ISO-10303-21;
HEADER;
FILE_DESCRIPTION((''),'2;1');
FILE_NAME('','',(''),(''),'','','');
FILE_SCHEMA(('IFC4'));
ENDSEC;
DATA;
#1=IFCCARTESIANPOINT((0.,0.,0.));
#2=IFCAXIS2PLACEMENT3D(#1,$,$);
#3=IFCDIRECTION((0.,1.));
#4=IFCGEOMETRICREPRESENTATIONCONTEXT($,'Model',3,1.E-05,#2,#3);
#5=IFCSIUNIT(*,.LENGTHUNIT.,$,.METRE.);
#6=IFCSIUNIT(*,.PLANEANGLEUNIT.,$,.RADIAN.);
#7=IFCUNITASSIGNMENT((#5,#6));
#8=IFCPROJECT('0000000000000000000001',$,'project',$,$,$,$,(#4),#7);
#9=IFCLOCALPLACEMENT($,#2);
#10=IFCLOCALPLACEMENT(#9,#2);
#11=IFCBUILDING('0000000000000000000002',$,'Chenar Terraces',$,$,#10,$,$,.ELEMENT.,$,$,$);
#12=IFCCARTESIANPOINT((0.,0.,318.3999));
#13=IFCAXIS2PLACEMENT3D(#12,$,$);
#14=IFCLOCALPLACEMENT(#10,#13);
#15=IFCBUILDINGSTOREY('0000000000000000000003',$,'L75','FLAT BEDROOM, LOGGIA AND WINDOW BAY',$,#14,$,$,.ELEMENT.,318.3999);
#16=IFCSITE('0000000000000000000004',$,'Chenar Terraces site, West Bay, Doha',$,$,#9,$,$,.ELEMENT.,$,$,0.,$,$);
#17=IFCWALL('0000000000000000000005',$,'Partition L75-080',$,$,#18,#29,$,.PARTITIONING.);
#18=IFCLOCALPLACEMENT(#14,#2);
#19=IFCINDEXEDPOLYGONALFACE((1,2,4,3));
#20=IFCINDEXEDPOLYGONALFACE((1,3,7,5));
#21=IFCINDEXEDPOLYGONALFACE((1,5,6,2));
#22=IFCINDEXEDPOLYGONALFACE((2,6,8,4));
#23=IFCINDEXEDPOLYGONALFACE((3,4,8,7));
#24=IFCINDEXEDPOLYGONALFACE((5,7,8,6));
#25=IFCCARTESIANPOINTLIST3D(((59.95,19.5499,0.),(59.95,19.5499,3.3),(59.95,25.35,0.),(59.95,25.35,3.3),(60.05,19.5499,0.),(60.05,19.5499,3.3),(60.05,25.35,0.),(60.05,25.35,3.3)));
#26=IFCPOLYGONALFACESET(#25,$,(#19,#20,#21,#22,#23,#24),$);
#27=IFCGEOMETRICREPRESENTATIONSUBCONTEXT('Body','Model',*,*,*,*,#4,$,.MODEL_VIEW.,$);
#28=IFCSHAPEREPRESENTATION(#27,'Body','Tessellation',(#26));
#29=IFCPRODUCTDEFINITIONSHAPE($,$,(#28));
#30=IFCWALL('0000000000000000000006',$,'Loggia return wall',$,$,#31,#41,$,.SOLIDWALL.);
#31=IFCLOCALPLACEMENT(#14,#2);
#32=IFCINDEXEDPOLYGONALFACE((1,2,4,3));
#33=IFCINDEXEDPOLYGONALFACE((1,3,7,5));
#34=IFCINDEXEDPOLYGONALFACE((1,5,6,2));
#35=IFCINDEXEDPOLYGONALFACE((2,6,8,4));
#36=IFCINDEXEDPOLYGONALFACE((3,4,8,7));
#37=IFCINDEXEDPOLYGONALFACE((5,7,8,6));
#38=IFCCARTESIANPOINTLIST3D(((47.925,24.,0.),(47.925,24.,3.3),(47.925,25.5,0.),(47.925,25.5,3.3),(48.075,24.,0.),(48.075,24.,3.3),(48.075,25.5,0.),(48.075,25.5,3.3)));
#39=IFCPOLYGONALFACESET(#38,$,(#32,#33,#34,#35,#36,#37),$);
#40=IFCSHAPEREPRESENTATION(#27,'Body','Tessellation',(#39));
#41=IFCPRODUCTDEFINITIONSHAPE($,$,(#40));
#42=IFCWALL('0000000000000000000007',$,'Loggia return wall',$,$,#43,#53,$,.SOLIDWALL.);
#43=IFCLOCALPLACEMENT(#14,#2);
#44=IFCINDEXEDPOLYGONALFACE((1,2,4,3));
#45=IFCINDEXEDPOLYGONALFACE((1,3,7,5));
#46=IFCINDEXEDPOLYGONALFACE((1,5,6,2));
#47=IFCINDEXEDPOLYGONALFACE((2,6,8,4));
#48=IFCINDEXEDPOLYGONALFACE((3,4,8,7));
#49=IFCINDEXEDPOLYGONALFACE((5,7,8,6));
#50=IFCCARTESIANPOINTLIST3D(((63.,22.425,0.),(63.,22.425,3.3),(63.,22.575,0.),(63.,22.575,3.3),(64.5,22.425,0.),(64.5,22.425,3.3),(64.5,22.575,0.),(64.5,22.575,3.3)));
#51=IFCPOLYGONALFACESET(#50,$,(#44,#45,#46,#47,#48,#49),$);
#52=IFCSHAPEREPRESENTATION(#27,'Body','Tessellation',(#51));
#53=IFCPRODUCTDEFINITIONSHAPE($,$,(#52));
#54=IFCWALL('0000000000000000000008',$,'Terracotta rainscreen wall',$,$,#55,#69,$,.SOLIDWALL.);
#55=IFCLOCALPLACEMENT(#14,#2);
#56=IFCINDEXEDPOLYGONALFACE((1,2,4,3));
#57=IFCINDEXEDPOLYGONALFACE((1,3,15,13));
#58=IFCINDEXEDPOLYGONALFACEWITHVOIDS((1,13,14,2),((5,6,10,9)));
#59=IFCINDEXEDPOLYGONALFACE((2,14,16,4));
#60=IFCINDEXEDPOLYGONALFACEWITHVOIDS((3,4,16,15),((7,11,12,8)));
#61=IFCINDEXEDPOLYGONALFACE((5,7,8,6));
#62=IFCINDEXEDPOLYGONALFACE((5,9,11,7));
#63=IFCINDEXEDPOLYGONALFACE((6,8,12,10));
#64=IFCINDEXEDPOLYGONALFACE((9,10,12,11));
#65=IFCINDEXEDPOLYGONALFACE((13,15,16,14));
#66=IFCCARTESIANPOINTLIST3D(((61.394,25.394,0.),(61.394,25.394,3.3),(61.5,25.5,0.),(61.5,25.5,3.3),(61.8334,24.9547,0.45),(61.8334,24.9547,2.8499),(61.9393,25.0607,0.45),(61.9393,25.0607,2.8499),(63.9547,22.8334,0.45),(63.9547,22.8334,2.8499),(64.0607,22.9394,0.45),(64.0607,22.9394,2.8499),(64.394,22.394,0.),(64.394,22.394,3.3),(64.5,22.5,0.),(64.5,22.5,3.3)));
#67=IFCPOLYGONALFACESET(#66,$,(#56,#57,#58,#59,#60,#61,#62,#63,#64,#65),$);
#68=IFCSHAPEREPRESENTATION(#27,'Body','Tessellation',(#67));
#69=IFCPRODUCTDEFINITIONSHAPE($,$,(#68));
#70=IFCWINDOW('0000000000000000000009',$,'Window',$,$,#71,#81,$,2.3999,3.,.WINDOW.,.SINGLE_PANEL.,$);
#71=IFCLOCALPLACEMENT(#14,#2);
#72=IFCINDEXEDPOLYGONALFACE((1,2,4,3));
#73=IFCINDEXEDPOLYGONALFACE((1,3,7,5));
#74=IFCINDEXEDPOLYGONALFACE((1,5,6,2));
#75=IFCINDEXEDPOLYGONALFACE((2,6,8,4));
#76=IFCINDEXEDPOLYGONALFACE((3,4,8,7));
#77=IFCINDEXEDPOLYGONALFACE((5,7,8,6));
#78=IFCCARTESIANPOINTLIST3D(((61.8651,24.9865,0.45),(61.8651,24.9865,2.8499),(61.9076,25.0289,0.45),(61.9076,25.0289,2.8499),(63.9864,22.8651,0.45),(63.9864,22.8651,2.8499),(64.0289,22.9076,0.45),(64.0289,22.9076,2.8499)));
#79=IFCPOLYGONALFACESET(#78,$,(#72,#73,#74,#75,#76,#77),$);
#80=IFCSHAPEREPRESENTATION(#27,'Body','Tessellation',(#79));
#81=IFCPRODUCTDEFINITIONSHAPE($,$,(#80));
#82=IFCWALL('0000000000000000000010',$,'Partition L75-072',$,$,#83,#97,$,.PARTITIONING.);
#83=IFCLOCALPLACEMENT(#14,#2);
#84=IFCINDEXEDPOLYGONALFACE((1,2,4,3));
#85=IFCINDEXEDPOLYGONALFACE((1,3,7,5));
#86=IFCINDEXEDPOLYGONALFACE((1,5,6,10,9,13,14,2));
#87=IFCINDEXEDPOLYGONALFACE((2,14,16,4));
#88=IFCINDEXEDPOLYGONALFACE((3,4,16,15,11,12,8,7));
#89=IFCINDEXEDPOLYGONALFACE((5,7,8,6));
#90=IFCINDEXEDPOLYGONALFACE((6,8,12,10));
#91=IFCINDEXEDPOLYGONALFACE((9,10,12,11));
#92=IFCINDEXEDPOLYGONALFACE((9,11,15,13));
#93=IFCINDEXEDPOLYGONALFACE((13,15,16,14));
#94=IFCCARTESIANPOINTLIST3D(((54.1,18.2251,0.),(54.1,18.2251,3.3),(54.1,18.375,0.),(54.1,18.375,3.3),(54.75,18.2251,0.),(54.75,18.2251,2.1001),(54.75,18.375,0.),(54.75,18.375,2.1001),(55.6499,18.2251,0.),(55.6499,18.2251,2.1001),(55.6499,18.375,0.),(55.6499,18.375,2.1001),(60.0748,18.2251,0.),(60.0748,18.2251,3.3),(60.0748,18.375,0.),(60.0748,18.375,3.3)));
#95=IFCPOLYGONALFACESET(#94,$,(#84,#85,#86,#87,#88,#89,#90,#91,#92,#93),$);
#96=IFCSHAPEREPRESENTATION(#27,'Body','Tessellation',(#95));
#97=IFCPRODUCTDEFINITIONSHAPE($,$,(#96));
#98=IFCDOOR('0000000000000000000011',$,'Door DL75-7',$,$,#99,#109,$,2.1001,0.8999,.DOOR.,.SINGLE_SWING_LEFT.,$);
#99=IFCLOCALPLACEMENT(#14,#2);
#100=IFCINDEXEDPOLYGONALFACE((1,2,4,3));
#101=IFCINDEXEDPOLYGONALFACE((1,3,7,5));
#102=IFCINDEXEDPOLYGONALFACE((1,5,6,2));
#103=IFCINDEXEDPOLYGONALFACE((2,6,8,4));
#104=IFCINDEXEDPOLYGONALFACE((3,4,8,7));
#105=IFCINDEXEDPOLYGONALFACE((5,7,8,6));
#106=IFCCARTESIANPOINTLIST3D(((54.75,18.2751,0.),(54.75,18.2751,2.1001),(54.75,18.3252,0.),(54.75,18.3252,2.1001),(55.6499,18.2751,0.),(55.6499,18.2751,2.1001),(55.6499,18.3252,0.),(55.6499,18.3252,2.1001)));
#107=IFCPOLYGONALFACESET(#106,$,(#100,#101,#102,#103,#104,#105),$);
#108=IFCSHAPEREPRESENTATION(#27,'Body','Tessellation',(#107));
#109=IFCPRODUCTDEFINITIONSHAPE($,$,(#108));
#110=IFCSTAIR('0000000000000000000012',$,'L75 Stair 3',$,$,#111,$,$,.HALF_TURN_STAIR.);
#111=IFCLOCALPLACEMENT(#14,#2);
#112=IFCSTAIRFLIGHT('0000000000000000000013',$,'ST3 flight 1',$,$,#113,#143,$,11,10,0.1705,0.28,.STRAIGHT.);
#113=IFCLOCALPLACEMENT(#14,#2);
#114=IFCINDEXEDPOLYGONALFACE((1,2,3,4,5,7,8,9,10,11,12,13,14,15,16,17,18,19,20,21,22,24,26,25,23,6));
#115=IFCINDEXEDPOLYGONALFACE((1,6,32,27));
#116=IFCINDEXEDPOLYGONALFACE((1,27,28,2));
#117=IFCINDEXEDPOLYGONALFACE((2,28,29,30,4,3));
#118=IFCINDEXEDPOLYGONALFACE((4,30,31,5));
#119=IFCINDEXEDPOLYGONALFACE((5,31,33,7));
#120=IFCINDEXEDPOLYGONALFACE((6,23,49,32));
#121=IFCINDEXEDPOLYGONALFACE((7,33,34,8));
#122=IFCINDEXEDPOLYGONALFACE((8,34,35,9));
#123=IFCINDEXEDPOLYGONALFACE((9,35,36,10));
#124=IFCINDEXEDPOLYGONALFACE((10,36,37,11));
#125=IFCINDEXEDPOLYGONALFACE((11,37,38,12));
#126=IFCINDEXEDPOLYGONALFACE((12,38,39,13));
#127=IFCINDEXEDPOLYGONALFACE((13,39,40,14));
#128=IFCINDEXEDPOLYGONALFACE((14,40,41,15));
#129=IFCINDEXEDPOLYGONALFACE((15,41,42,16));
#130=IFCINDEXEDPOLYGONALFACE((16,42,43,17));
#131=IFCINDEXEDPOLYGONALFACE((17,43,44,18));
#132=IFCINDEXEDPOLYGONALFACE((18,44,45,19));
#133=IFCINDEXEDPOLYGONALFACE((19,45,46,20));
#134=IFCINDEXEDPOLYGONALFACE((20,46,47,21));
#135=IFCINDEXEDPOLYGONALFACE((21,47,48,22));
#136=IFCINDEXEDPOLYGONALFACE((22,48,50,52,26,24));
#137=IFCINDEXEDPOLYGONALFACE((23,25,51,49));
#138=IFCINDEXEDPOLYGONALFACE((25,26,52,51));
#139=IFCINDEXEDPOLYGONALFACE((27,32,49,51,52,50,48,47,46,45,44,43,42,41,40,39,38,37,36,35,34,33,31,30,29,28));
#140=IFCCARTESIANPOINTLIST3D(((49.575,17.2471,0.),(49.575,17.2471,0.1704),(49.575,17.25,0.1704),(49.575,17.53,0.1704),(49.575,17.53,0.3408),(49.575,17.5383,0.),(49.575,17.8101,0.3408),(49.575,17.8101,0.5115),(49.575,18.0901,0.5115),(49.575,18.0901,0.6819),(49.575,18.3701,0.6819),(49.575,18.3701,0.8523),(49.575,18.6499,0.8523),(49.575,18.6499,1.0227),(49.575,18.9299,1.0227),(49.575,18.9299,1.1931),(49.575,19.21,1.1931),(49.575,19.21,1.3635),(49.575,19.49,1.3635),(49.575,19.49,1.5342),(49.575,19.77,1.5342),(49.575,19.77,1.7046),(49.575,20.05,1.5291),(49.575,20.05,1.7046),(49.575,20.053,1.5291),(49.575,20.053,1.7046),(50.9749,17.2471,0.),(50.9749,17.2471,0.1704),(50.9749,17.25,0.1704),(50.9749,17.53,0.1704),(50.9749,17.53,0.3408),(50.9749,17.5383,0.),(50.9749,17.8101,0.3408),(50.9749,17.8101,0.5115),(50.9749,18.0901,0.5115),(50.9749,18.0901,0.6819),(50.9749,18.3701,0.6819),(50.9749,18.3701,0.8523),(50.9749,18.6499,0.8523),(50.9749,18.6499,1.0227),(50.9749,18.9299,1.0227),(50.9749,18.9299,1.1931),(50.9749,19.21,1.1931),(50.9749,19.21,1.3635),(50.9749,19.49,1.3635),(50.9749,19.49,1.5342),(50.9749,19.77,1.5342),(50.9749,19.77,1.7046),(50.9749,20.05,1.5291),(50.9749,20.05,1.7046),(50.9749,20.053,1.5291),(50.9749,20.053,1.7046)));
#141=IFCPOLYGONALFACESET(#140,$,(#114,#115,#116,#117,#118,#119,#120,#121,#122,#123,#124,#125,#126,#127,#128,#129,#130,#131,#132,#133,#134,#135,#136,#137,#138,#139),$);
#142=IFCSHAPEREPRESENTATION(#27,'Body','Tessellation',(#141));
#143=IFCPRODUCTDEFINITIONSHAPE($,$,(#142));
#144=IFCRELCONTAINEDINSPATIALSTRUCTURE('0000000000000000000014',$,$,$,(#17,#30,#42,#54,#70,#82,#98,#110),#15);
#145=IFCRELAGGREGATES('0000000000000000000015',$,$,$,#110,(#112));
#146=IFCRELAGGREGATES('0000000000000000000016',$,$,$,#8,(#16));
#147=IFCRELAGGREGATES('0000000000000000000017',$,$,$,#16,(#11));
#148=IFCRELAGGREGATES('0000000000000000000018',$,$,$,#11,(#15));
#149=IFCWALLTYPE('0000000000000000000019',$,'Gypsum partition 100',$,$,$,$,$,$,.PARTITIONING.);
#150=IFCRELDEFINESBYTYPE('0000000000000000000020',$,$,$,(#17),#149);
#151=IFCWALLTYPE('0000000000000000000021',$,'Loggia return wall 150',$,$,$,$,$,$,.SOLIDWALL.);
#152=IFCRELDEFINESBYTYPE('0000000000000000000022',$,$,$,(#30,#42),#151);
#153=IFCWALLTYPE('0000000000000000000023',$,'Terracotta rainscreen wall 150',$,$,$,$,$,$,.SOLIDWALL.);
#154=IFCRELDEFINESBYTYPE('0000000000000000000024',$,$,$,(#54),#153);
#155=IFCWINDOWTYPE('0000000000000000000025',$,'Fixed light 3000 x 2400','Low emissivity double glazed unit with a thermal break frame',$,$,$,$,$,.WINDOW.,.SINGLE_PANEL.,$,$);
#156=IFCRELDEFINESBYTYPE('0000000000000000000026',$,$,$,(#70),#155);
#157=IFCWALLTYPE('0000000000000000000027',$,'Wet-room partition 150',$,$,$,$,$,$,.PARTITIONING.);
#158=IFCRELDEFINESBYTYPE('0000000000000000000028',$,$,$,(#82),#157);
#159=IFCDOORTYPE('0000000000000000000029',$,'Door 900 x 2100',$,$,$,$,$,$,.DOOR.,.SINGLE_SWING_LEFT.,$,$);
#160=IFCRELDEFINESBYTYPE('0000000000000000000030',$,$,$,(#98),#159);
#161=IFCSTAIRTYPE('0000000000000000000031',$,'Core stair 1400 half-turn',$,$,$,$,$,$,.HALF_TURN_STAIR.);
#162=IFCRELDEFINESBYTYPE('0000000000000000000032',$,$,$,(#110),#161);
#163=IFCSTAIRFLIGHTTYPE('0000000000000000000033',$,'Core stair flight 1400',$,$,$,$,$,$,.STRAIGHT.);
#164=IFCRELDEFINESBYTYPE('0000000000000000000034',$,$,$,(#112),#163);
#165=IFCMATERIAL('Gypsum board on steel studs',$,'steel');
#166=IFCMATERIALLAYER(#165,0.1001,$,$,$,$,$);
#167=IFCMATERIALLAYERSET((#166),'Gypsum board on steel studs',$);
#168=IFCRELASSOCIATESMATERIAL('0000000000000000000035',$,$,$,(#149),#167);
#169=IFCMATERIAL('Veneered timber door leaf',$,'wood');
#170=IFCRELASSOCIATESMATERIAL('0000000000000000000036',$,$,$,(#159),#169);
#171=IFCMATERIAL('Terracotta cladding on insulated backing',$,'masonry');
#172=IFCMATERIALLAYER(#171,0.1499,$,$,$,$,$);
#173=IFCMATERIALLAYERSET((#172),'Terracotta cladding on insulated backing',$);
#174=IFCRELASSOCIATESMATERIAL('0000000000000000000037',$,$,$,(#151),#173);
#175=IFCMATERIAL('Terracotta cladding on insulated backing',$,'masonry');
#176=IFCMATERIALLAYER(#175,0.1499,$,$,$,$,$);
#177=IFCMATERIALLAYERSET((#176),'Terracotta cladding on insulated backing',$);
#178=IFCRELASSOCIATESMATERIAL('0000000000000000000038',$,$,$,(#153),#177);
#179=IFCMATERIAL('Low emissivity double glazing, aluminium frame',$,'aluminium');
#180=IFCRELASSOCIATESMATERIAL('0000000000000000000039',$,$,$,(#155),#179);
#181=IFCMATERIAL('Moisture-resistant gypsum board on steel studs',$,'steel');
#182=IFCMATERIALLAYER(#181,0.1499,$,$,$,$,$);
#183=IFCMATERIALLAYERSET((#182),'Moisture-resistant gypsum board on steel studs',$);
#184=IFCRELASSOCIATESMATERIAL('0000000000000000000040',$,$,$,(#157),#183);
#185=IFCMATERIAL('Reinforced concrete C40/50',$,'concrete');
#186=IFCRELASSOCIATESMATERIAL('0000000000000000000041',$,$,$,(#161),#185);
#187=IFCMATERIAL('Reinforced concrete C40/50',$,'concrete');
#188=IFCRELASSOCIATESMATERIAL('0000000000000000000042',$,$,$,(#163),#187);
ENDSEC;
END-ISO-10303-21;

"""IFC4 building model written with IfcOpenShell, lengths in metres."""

from ifc_helpers import new_model, si_unit, direction, frame, frame_2d, origin, place, context, subcontext, project, spatial, polyline, rectangle, outline, extrude, material, layer, layer_set, type_object, element, fill, aggregate, save


model = new_model("IFC4")

# Units and contexts
model_context = context("Model", 3, precision=1e-05, world=origin(), true_north=direction((0.0, 1.0)))
body_context = subcontext(model_context, "Body", "Model", "MODEL_VIEW")
ifc_project = project(units=[si_unit("LENGTHUNIT", "METRE"), si_unit("PLANEANGLEUNIT", "RADIAN")], contexts=[model_context])

# Site, building, storey
site_placement = place(None, origin())
site = spatial("IfcSite", under=ifc_project, at=site_placement, Name="Chenar Terraces site, West Bay, Doha", CompositionType="ELEMENT", RefElevation=0.0)
building_placement = place(site_placement, origin())
building = spatial("IfcBuilding", under=site, at=building_placement, Name="Chenar Terraces", CompositionType="ELEMENT")
storey_placement = place(building_placement, frame((0.0, 0.0, 318.3999)))
storey = spatial("IfcBuildingStorey", under=building, at=storey_placement, Name="L75", Description="FLAT BEDROOM, LOGGIA AND WINDOW BAY", CompositionType="ELEMENT", Elevation=318.3999)

# Shared definitions
ifc_material_1 = material(Name="Gypsum board on steel studs", Category="steel")
ifc_layer_1 = layer(ifc_material_1, 0.1001)
ifc_layer_set_1 = layer_set([ifc_layer_1], Name="Gypsum board on steel studs")
wall_type_1 = type_object("IfcWallType", Name="Gypsum partition 100", PredefinedType="PARTITIONING", material=ifc_layer_set_1)
ifc_material_2 = material(Name="Veneered timber door leaf", Category="wood")
door_type = type_object("IfcDoorType", Name="Door 900 x 2100", OperationType="SINGLE_SWING_LEFT", PredefinedType="DOOR", material=ifc_material_2)

# Walls
wall_1_placement = place(storey_placement, frame((60.0, 19.55, 0.0), z_axis=(0.0, 0.0, 1.0), x_axis=(0.0, 1.0, 0.0)))
element("IfcWall", 1, at=wall_1_placement, inside=storey, type_object=wall_type_1, Name="Partition L75-080", PredefinedType="PARTITIONING", context=body_context, shape_type="SweptSolid", body=[
    extrude(rectangle(XDim=5.8, YDim=0.1001, at=frame_2d((2.8999, 0.0))), origin(), (0.0, 0.0, 1.0), 3.3),
])
ifc_material_3 = material(Name="Terracotta cladding on insulated backing", Category="masonry")
ifc_layer_2 = layer(ifc_material_3, 0.1499)
ifc_layer_set_2 = layer_set([ifc_layer_2], Name="Terracotta cladding on insulated backing")
wall_type_2 = type_object("IfcWallType", Name="Loggia return wall 150", PredefinedType="SOLIDWALL", material=ifc_layer_set_2)
for number, where, z_axis, x_axis, name in (
    (2, (48.0, 25.5, 0.0), (0.0, 0.0, 1.0), (0.0, -1.0, 0.0), "Loggia return wall"),
    (3, (64.5, 22.5, 0.0), (0.0, 0.0, 1.0), (-1.0, 0.0, 0.0), "Loggia return wall"),
):
    element("IfcWall", number, at=place(storey_placement, frame(where, z_axis=z_axis, x_axis=x_axis)), inside=storey, type_object=wall_type_2, Name=name, PredefinedType="SOLIDWALL", context=body_context, shape_type="SweptSolid", body=[
        extrude(rectangle(XDim=1.5, YDim=0.1499, at=frame_2d((0.75, 0.0))), origin(), (0.0, 0.0, 1.0), 3.3),
    ])

# Wall, opening, window
ifc_material_4 = material(Name="Terracotta cladding on insulated backing", Category="masonry")
ifc_layer_3 = layer(ifc_material_4, 0.1499)
ifc_layer_set_3 = layer_set([ifc_layer_3], Name="Terracotta cladding on insulated backing")
wall_type_3 = type_object("IfcWallType", Name="Terracotta rainscreen wall 150", PredefinedType="SOLIDWALL", material=ifc_layer_set_3)
wall_2_placement = place(storey_placement, frame((64.447, 22.447, 0.0), z_axis=(0.0, 0.0, 1.0), x_axis=(-0.707107, 0.707107, 0.0)))
wall_2 = element("IfcWall", 4, at=wall_2_placement, inside=storey, type_object=wall_type_3, Name="Terracotta rainscreen wall", PredefinedType="SOLIDWALL", context=body_context, shape_type="SweptSolid", body=[
    extrude(rectangle(XDim=4.2427, YDim=0.1499, at=frame_2d((2.1213, 0.0))), origin(), (0.0, 0.0, 1.0), 3.3),
])
opening_1_placement = place(wall_2_placement, frame((0.6213, 0.0, 0.45)))
opening_1 = element("IfcOpeningElement", 5, at=opening_1_placement, cuts=wall_2, PredefinedType="OPENING", context=body_context, shape_type="SweptSolid", body=[
    extrude(rectangle(XDim=3.0, YDim=2.3999, at=frame_2d((1.5, 1.2))), frame((0.0, 0.085, 0.0), z_axis=(0.0, -1.0, 0.0), x_axis=(1.0, 0.0, 0.0)), (0.0, 0.0, 1.0), 0.1699),
])
ifc_material_5 = material(Name="Low emissivity double glazing, aluminium frame", Category="aluminium")
window_type_1 = type_object("IfcWindowType", Name="Fixed light 3000 x 2400", Description="Low emissivity double glazed unit with a thermal break frame", PartitioningType="SINGLE_PANEL", PredefinedType="WINDOW", material=ifc_material_5)
window_1_placement = place(opening_1_placement, origin())
window_1 = element("IfcWindow", 6, at=window_1_placement, inside=storey, type_object=window_type_1, Name="Window", OverallHeight=2.3999, OverallWidth=3.0, PartitioningType="SINGLE_PANEL", PredefinedType="WINDOW", context=body_context, shape_type="SweptSolid", body=[
    extrude(rectangle(XDim=3.0, YDim=2.3999, at=frame_2d((1.5, 1.2))), frame((0.0, 0.03, 0.0), z_axis=(0.0, -1.0, 0.0), x_axis=(1.0, 0.0, 0.0)), (0.0, 0.0, 1.0), 0.0601),
])
fill(opening_1, window_1)

# Wall, opening, door
ifc_material_6 = material(Name="Moisture-resistant gypsum board on steel studs", Category="steel")
ifc_layer_4 = layer(ifc_material_6, 0.1499)
ifc_layer_set_4 = layer_set([ifc_layer_4], Name="Moisture-resistant gypsum board on steel studs")
wall_type_4 = type_object("IfcWallType", Name="Wet-room partition 150", PredefinedType="PARTITIONING", material=ifc_layer_set_4)
wall_3_placement = place(storey_placement, frame((54.1001, 18.3, 0.0), z_axis=(0.0, 0.0, 1.0), x_axis=(1.0, 0.0, 0.0)))
wall_3 = element("IfcWall", 7, at=wall_3_placement, inside=storey, type_object=wall_type_4, Name="Partition L75-072", PredefinedType="PARTITIONING", context=body_context, shape_type="SweptSolid", body=[
    extrude(rectangle(XDim=5.9749, YDim=0.1499, at=frame_2d((2.9873, 0.0))), origin(), (0.0, 0.0, 1.0), 3.3),
])
opening_2_placement = place(wall_3_placement, frame((0.6499, 0.0, 0.0)))
opening_2 = element("IfcOpeningElement", 8, at=opening_2_placement, cuts=wall_3, PredefinedType="OPENING", context=body_context, shape_type="SweptSolid", body=[
    extrude(rectangle(XDim=0.8999, YDim=2.1001, at=frame_2d((0.45, 1.05))), frame((0.0, 0.085, 0.0), z_axis=(0.0, -1.0, 0.0), x_axis=(1.0, 0.0, 0.0)), (0.0, 0.0, 1.0), 0.1699),
])
door_1_placement = place(opening_2_placement, frame((0.8999, 0.0, 0.0), z_axis=(0.0, 0.0, 1.0), x_axis=(-1.0, 0.0, 0.0)))
door_1 = element("IfcDoor", 9, at=door_1_placement, inside=storey, type_object=door_type, Name="Door DL75-7", OperationType="SINGLE_SWING_LEFT", OverallHeight=2.1001, OverallWidth=0.8999, PredefinedType="DOOR", context=body_context, shape_type="SweptSolid", body=[
    extrude(rectangle(XDim=0.8999, YDim=2.1001, at=frame_2d((0.45, 1.05))), frame((0.0, 0.0249, 0.0), z_axis=(0.0, -1.0, 0.0), x_axis=(1.0, 0.0, 0.0)), (0.0, 0.0, 1.0), 0.05),
])
fill(opening_2, door_1)

# Stair, stair flight
ifc_material_7 = material(Name="Reinforced concrete C40/50", Category="concrete")
stair_type = type_object("IfcStairType", Name="Core stair 1400 half-turn", PredefinedType="HALF_TURN_STAIR", material=ifc_material_7)
stair_placement = place(storey_placement, origin())
stair = element("IfcStair", 10, at=stair_placement, inside=storey, type_object=stair_type, Name="L75 Stair 3", PredefinedType="HALF_TURN_STAIR")
ifc_material_8 = material(Name="Reinforced concrete C40/50", Category="concrete")
stair_flight_type = type_object("IfcStairFlightType", Name="Core stair flight 1400", PredefinedType="STRAIGHT", material=ifc_material_8)
stair_flight_1_placement = place(storey_placement, frame((50.2749, 17.25, 0.0), z_axis=(0.0, 0.0, 1.0), x_axis=(0.0, 1.0, 0.0)))
stair_flight_1 = element("IfcStairFlight", 11, at=stair_flight_1_placement, type_object=stair_flight_type, Name="ST3 flight 1", NumberOfRisers=11, NumberOfTreads=10, PredefinedType="STRAIGHT", RiserHeight=0.1705, TreadLength=0.28, context=body_context, shape_type="SweptSolid", body=[
    extrude(outline(polyline([(-0.0029, 0.0), (-0.0029, 0.1704), (0.0, 0.1704), (0.28, 0.1704), (0.28, 0.3408), (0.5601, 0.3408), (0.5601, 0.5115), (0.8401, 0.5115), (0.8401, 0.6819), (1.1201, 0.6819), (1.1201, 0.8523), (1.3999, 0.8523), (1.3999, 1.0227), (1.6799, 1.0227), (1.6799, 1.1931), (1.96, 1.1931), (1.96, 1.3635), (2.24, 1.3635), (2.24, 1.5342), (2.52, 1.5342), (2.52, 1.7046), (2.8, 1.7046), (2.803, 1.7046), (2.803, 1.5291), (2.8, 1.5291), (0.2883, 0.0), (-0.0029, 0.0)])), frame((0.0, 0.7, 0.0), z_axis=(0.0, -1.0, 0.0), x_axis=(1.0, 0.0, 0.0)), (0.0, 0.0, 1.0), 1.3999),
])
aggregate(stair, [stair_flight_1])

save(model, "model.ifc")
